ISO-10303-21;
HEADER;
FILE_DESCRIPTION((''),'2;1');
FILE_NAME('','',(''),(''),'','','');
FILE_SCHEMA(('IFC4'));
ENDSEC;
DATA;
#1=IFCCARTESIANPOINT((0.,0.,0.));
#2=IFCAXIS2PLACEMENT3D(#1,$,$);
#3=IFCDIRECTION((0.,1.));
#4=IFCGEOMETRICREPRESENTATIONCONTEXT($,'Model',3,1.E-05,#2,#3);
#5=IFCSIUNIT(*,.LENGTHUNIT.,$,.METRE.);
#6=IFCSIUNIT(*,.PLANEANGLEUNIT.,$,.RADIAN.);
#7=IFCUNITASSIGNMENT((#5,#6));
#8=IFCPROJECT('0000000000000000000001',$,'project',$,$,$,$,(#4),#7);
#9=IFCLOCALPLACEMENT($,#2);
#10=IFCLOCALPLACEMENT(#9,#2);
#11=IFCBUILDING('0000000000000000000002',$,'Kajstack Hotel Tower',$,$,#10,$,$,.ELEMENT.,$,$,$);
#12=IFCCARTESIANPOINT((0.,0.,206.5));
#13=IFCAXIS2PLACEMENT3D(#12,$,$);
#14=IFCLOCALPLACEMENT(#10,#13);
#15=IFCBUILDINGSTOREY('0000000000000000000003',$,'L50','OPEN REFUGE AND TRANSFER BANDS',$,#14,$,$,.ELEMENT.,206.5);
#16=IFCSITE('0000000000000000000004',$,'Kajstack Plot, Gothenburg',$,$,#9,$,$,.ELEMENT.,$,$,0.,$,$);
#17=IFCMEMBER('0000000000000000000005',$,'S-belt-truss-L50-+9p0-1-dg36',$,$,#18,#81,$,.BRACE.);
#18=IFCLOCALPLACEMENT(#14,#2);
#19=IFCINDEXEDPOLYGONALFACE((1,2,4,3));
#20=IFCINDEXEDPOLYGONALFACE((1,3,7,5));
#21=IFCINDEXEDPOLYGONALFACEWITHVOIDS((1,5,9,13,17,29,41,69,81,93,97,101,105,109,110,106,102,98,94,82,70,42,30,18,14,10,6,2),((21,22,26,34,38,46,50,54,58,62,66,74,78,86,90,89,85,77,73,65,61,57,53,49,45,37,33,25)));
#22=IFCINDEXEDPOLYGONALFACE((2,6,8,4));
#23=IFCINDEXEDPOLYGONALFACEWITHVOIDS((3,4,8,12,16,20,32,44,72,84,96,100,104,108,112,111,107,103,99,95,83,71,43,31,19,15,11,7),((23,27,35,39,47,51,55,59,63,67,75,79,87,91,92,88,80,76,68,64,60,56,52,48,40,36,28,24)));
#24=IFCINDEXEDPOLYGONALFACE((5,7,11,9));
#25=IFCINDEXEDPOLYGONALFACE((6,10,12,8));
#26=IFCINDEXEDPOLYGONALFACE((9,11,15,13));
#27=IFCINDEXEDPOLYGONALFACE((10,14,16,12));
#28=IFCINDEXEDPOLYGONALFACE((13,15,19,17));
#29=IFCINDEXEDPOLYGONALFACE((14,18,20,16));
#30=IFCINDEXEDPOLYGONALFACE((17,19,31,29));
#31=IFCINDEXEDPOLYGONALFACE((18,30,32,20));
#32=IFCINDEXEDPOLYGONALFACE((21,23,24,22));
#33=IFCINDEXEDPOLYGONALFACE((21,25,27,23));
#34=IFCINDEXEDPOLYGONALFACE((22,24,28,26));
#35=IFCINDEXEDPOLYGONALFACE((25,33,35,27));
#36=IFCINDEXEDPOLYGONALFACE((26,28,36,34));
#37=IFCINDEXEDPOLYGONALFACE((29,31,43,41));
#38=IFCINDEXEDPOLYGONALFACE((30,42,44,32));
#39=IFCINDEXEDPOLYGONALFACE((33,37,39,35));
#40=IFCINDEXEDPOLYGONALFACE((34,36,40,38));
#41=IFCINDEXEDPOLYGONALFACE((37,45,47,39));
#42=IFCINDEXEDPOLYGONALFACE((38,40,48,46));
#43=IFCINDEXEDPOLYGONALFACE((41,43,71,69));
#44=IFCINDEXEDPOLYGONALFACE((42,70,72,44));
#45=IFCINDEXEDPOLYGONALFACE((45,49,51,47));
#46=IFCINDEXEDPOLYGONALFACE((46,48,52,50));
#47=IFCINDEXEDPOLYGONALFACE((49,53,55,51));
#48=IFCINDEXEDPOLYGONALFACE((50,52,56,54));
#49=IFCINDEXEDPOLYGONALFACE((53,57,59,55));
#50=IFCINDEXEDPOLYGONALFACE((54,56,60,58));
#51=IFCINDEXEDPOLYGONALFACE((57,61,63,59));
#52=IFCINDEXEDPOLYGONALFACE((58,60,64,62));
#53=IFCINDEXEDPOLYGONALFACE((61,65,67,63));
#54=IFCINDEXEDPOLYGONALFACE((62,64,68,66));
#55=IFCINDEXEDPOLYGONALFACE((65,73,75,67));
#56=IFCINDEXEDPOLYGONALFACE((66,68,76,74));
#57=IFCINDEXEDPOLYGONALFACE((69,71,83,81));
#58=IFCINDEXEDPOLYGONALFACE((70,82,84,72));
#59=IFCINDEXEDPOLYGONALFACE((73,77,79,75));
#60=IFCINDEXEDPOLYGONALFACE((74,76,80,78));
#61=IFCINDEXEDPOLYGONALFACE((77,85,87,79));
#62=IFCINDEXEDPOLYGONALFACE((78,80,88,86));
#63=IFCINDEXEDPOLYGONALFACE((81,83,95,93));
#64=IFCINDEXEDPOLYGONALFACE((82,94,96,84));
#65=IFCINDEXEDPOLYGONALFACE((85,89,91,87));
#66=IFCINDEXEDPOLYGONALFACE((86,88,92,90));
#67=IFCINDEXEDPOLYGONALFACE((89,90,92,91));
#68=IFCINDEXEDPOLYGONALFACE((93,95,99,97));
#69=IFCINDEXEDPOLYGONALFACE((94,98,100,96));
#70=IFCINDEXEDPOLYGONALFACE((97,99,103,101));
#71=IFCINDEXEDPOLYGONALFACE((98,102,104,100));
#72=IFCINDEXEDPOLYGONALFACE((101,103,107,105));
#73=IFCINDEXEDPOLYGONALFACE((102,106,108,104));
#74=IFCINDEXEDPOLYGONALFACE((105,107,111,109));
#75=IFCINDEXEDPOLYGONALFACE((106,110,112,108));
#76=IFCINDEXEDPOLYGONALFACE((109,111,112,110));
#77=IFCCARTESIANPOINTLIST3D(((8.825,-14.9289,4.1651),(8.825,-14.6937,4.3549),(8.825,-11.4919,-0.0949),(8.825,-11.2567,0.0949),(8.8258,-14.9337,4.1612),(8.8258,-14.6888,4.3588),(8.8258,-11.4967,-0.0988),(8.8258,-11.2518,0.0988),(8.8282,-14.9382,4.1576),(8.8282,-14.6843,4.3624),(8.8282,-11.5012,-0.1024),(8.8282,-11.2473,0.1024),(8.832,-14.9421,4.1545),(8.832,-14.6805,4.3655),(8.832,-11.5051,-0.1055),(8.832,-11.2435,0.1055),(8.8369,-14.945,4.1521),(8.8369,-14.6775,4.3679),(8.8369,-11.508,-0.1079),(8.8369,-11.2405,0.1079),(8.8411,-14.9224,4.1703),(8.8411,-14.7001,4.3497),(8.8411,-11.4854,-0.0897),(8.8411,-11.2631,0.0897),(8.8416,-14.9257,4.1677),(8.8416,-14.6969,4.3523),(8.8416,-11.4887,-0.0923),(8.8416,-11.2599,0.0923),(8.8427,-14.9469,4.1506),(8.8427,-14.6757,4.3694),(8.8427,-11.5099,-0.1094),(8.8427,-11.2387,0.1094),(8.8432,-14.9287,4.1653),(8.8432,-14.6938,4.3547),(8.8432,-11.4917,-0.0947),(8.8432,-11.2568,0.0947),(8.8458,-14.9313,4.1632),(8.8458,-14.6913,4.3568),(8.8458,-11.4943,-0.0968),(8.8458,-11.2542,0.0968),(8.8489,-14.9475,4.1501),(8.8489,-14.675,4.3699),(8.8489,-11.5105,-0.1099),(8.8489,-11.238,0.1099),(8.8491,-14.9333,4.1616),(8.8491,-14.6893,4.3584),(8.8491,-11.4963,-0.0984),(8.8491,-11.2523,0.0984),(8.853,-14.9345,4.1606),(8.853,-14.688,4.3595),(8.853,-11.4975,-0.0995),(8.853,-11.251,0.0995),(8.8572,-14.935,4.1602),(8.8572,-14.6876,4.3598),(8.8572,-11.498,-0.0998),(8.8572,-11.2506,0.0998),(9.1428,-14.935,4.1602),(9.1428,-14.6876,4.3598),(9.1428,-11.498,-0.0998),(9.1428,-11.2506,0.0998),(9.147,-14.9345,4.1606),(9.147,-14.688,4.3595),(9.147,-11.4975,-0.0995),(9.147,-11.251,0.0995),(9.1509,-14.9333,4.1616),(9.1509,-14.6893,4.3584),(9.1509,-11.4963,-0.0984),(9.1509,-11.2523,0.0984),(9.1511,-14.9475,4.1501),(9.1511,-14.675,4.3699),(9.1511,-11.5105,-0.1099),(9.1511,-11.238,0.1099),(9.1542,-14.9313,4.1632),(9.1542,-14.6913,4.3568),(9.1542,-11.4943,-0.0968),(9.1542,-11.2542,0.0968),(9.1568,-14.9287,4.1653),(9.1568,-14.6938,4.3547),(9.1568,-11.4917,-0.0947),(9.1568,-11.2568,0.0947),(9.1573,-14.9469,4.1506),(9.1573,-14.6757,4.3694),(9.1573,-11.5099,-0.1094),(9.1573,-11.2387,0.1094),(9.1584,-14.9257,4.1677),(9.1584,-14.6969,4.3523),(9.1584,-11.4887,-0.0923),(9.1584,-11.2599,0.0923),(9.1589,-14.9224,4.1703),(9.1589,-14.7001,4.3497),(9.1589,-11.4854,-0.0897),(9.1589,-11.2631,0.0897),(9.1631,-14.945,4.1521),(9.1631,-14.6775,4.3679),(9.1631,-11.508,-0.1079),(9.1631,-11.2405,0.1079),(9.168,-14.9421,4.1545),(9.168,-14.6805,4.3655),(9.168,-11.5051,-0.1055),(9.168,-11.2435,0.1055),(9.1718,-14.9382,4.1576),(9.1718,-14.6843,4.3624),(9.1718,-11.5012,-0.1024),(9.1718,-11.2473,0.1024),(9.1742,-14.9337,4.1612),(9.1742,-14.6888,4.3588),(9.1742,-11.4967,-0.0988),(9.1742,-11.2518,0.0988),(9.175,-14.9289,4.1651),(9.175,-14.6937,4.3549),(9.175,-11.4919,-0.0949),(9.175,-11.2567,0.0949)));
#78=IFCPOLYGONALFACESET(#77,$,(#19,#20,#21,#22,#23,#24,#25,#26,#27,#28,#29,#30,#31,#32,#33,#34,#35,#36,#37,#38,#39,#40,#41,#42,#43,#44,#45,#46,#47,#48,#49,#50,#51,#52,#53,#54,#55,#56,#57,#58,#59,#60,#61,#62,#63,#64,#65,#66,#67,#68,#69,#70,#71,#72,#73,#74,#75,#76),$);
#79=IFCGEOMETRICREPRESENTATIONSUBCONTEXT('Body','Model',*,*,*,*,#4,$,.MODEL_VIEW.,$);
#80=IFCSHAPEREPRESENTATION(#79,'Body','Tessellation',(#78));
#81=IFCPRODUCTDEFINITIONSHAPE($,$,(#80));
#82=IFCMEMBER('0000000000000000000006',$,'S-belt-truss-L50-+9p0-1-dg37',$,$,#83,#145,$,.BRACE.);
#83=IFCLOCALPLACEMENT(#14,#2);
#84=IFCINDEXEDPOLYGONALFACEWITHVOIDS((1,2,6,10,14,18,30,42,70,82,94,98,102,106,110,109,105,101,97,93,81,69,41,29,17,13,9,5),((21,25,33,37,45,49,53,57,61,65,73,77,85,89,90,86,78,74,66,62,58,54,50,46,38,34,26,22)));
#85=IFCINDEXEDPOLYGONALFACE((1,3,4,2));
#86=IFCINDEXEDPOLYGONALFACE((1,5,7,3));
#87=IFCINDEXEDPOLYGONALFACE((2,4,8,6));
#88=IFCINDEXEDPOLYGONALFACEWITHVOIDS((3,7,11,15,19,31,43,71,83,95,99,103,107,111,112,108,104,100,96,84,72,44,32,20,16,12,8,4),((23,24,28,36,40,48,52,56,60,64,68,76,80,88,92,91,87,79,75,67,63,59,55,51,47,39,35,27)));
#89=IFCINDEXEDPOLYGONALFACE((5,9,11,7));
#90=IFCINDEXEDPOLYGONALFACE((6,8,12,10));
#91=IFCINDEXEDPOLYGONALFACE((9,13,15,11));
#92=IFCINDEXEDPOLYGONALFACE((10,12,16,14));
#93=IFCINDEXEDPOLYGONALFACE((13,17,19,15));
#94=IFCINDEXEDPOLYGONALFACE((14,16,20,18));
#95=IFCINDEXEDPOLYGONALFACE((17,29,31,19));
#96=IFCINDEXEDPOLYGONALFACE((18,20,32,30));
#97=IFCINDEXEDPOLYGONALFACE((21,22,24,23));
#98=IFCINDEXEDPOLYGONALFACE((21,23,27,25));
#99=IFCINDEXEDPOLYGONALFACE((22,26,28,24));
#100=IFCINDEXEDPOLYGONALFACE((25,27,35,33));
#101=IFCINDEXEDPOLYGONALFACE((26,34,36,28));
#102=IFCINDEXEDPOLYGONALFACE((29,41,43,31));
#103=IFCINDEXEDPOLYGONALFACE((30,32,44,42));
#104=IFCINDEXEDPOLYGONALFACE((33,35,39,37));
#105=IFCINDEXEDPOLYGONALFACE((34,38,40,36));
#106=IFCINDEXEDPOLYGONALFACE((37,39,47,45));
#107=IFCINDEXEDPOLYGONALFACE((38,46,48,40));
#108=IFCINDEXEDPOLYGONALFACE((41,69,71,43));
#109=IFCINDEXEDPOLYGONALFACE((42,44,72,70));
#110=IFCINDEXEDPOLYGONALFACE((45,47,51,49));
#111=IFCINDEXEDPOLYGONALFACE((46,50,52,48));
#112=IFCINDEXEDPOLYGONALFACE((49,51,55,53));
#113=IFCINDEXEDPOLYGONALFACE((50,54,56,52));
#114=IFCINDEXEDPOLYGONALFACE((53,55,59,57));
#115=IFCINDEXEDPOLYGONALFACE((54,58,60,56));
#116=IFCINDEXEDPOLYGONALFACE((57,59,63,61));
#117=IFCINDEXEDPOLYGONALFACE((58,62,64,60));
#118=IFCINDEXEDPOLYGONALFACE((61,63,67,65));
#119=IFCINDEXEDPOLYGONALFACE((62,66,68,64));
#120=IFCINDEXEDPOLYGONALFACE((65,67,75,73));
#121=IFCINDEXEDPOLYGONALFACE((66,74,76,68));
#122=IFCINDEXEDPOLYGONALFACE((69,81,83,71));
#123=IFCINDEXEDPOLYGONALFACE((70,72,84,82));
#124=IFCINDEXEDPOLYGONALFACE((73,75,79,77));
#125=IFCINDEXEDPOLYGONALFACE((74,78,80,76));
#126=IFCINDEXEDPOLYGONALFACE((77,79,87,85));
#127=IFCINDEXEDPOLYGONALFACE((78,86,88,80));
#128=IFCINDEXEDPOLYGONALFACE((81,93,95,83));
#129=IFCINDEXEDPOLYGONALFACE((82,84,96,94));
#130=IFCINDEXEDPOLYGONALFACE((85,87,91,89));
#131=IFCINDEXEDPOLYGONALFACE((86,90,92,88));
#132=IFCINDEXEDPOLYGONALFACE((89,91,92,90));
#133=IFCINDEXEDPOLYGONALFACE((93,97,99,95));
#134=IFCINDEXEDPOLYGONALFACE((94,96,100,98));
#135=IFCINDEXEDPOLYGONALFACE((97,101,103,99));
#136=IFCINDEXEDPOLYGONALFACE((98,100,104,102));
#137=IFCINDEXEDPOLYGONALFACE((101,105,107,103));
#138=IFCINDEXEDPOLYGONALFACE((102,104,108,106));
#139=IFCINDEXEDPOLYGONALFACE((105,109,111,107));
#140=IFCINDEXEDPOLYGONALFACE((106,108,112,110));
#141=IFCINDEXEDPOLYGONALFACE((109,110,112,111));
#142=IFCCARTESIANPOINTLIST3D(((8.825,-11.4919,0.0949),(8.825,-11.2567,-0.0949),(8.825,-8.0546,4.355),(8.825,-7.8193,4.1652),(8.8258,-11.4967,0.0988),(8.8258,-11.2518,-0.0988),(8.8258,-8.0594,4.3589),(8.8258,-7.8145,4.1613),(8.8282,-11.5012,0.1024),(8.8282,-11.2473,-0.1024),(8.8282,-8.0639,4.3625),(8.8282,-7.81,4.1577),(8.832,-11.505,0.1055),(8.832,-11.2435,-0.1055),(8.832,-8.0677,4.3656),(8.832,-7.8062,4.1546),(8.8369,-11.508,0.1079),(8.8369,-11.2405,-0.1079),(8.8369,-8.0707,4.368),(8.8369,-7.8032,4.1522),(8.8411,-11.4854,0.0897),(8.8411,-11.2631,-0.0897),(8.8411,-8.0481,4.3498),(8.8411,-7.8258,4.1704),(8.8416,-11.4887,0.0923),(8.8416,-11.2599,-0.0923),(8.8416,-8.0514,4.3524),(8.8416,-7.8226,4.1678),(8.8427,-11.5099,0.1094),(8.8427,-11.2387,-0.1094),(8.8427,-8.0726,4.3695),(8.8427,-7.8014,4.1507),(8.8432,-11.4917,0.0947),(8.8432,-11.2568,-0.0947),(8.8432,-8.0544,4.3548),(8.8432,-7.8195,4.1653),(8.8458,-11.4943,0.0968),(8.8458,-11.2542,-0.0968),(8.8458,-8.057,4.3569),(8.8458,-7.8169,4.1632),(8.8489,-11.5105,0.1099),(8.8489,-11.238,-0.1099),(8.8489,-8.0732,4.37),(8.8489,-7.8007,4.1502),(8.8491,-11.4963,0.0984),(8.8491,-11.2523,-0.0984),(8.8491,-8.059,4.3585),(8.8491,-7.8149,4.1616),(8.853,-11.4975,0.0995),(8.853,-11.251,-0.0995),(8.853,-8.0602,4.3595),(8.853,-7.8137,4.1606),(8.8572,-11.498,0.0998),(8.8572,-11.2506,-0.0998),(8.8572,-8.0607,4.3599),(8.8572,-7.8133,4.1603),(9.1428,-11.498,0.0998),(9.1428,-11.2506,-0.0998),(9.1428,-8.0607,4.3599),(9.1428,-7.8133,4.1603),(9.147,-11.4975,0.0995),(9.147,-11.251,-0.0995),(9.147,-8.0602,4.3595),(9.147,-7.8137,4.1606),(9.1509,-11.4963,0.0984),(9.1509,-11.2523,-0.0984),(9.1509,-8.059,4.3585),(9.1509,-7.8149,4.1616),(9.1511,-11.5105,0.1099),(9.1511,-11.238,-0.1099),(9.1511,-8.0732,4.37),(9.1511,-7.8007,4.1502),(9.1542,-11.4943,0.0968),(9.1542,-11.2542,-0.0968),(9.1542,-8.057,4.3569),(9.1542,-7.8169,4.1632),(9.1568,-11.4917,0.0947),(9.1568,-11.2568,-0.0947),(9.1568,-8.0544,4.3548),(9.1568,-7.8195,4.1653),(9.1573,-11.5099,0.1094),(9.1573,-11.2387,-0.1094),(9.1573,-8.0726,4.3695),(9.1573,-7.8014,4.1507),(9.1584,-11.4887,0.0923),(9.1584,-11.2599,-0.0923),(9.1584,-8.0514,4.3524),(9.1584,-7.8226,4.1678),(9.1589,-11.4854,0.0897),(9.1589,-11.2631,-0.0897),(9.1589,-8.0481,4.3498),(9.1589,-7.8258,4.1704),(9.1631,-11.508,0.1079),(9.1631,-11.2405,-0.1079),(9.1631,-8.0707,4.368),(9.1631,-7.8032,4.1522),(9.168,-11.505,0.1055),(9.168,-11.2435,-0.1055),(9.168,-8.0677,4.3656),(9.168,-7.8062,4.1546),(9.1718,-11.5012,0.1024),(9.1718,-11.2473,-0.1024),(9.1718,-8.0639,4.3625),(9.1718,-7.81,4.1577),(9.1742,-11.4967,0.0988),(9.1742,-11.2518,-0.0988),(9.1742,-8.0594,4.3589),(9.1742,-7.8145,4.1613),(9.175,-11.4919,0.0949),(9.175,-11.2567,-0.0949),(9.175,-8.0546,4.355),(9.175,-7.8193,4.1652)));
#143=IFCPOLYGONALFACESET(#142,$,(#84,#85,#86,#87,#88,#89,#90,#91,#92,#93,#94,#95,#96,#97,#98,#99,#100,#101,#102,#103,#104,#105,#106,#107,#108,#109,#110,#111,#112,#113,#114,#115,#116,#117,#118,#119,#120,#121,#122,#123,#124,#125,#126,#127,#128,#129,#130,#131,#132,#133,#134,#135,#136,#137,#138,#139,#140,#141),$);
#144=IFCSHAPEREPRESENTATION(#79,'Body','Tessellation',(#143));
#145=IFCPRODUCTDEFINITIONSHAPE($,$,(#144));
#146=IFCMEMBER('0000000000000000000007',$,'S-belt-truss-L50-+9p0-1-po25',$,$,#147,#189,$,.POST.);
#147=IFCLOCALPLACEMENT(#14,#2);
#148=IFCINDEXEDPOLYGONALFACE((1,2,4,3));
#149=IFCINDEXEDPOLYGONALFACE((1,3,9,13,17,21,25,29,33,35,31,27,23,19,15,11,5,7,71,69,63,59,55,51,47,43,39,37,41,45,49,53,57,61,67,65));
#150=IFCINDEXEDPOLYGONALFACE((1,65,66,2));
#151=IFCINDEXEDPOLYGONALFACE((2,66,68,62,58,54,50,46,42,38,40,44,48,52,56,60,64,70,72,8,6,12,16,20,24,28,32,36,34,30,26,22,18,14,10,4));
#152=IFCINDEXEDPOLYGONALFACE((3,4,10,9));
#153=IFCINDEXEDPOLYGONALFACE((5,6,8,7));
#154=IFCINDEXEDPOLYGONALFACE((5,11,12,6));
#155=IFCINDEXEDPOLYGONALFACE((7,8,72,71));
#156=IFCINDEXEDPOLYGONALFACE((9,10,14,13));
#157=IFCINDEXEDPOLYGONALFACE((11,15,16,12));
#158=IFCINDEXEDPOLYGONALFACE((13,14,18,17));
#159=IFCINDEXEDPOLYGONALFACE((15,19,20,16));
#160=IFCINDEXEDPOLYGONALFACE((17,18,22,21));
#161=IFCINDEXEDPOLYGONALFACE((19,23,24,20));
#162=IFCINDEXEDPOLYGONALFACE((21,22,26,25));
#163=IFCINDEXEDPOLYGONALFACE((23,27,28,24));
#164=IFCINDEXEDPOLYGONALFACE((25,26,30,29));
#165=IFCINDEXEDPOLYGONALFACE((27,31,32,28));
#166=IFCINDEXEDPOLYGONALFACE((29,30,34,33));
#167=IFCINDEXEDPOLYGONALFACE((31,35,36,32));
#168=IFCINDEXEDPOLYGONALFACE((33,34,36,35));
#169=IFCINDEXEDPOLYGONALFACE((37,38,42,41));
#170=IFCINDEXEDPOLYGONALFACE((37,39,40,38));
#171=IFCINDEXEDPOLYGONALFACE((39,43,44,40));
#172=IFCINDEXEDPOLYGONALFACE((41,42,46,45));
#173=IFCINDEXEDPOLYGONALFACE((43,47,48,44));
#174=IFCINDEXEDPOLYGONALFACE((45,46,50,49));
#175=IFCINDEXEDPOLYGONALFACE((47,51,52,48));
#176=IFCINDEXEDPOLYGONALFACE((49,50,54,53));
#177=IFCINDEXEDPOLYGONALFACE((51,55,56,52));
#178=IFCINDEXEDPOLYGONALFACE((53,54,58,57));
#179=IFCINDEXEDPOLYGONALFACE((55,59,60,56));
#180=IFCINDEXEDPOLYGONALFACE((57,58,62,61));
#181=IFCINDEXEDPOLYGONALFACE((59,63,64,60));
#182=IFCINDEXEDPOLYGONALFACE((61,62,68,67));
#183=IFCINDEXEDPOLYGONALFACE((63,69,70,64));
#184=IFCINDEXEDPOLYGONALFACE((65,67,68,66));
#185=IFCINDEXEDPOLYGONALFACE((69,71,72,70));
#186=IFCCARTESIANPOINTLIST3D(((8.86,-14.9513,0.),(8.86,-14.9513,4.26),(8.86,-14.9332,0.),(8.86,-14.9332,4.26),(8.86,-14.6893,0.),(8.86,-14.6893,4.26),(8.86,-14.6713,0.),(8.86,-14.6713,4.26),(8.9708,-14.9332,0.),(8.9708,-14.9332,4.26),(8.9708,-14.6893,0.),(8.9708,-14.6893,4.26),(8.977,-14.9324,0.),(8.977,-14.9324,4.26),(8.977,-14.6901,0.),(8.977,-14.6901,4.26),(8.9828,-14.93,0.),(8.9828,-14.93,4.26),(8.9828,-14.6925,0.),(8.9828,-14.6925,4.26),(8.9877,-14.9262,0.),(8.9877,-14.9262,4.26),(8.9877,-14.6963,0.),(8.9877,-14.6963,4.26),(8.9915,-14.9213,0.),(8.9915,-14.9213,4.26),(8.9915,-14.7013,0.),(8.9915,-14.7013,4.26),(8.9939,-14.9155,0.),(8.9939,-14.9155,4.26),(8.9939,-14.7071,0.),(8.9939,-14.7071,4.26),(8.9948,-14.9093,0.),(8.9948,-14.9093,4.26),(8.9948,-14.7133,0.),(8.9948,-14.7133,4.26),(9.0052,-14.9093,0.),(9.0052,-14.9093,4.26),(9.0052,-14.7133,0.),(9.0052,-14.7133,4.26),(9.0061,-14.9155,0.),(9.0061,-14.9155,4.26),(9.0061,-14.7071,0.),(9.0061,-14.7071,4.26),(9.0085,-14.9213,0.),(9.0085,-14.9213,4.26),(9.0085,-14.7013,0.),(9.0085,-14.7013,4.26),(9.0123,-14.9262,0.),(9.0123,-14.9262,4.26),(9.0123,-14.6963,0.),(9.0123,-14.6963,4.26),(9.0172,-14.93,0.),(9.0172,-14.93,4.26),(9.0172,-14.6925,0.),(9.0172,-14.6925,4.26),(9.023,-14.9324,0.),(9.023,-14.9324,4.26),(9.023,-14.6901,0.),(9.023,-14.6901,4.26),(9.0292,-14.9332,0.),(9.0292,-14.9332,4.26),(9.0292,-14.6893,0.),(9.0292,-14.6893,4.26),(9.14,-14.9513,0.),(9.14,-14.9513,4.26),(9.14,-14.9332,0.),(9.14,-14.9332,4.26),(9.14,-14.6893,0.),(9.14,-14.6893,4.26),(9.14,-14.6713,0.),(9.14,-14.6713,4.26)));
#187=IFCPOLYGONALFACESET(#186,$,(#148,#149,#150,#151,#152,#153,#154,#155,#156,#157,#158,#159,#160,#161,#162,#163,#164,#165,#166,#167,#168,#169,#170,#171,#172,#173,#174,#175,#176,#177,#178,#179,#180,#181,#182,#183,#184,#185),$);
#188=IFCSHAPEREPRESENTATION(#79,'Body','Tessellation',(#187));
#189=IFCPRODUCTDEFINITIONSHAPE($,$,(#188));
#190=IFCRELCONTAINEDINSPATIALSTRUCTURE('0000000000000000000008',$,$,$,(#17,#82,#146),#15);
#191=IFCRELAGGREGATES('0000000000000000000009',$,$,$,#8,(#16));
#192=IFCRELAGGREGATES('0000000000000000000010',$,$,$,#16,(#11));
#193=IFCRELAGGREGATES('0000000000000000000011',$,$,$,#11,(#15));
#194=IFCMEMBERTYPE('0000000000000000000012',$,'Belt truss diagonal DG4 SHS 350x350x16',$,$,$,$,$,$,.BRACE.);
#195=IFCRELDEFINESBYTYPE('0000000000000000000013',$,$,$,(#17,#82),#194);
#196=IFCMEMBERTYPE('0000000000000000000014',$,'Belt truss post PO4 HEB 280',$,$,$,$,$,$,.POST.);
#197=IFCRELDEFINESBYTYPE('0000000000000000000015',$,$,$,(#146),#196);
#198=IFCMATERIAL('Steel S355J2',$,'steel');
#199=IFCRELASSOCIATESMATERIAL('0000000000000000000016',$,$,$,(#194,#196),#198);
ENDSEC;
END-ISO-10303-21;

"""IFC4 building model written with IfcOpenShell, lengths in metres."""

from ifc_helpers import new_model, si_unit, direction, frame, origin, origin_2d, place, context, subcontext, project, spatial, hollow_rectangle, i_section, extrude, material, material_profile, profile_set, type_object, element, save


model = new_model("IFC4")

# Units and contexts
model_context = context("Model", 3, precision=1e-05, world=origin(), true_north=direction((0.0, 1.0)))
body_context = subcontext(model_context, "Body", "Model", "MODEL_VIEW")
ifc_project = project(units=[si_unit("LENGTHUNIT", "METRE"), si_unit("PLANEANGLEUNIT", "RADIAN")], contexts=[model_context])

# Site, building, storey
site_placement = place(None, origin())
site = spatial("IfcSite", under=ifc_project, at=site_placement, Name="Kajstack Plot, Gothenburg", CompositionType="ELEMENT", RefElevation=0.0)
building_placement = place(site_placement, origin())
building = spatial("IfcBuilding", under=site, at=building_placement, Name="Kajstack Hotel Tower", CompositionType="ELEMENT")
storey_placement = place(building_placement, frame((0.0, 0.0, 206.5)))
storey = spatial("IfcBuildingStorey", under=building, at=storey_placement, Name="L50", Description="OPEN REFUGE AND TRANSFER BANDS", CompositionType="ELEMENT", Elevation=206.5)

# Members
ifc_material_1 = material(Name="Steel S355J2", Category="steel")
ifc_material_profile_1 = material_profile(ifc_material_1, hollow_rectangle(XDim=0.3501, YDim=0.3501, WallThickness=0.0161, InnerFilletRadius=0.0161, OuterFilletRadius=0.0239, at=origin_2d()), Name="SHS 350x350x16")
ifc_profile_set_1 = profile_set([ifc_material_profile_1], Name="Steel S355J2")
member_type_1 = type_object("IfcMemberType", Name="Belt truss diagonal DG4 SHS 350x350x16", PredefinedType="BRACE", material=ifc_profile_set_1)
member_1_placement = place(storey_placement, frame((9.0, -11.3743, 0.0), z_axis=(0.0, -0.627921, 0.778277), x_axis=(1.0, 0.0, 0.0)))
element("IfcMember", 1, at=member_1_placement, inside=storey, type_object=member_type_1, Name="S-belt-truss-L50-+9p0-1-dg36", PredefinedType="BRACE", context=body_context, shape_type="SweptSolid", body=[
    extrude(hollow_rectangle(XDim=0.3501, YDim=0.3501, WallThickness=0.0161, InnerFilletRadius=0.0161, OuterFilletRadius=0.0239, at=origin_2d()), origin(), (0.0, 0.0, 1.0), 5.4736),
])
member_2_placement = place(storey_placement, frame((9.0, -11.3743, 0.0), z_axis=(0.0, 0.627948, 0.778256), x_axis=(-1.0, 0.0, 0.0)))
element("IfcMember", 2, at=member_2_placement, inside=storey, type_object=member_type_1, Name="S-belt-truss-L50-+9p0-1-dg37", PredefinedType="BRACE", context=body_context, shape_type="SweptSolid", body=[
    extrude(hollow_rectangle(XDim=0.3501, YDim=0.3501, WallThickness=0.0161, InnerFilletRadius=0.0161, OuterFilletRadius=0.0239, at=origin_2d()), origin(), (0.0, 0.0, 1.0), 5.4739),
])
ifc_material_profile_2 = material_profile(ifc_material_1, i_section(OverallWidth=0.28, OverallDepth=0.28, WebThickness=0.0105, FlangeThickness=0.0181, FilletRadius=0.0239, at=origin_2d()), Name="HEB 280")
ifc_profile_set_2 = profile_set([ifc_material_profile_2], Name="Steel S355J2")
member_type_2 = type_object("IfcMemberType", Name="Belt truss post PO4 HEB 280", PredefinedType="POST", material=ifc_profile_set_2)
for number, where, z_axis, x_axis, name in (
    (3, (9.0, -14.8113, 0.0), (0.0, 0.0, 1.0), (1.0, 0.0, 0.0), "S-belt-truss-L50-+9p0-1-po25"),
):
    element("IfcMember", number, at=place(storey_placement, frame(where, z_axis=z_axis, x_axis=x_axis)), inside=storey, type_object=member_type_2, Name=name, PredefinedType="POST", context=body_context, shape_type="SweptSolid", body=[
        extrude(i_section(OverallWidth=0.28, OverallDepth=0.28, WebThickness=0.0105, FlangeThickness=0.0181, FilletRadius=0.0239, at=origin_2d()), origin(), (0.0, 0.0, 1.0), 4.26),
    ])

save(model, "model.ifc")
